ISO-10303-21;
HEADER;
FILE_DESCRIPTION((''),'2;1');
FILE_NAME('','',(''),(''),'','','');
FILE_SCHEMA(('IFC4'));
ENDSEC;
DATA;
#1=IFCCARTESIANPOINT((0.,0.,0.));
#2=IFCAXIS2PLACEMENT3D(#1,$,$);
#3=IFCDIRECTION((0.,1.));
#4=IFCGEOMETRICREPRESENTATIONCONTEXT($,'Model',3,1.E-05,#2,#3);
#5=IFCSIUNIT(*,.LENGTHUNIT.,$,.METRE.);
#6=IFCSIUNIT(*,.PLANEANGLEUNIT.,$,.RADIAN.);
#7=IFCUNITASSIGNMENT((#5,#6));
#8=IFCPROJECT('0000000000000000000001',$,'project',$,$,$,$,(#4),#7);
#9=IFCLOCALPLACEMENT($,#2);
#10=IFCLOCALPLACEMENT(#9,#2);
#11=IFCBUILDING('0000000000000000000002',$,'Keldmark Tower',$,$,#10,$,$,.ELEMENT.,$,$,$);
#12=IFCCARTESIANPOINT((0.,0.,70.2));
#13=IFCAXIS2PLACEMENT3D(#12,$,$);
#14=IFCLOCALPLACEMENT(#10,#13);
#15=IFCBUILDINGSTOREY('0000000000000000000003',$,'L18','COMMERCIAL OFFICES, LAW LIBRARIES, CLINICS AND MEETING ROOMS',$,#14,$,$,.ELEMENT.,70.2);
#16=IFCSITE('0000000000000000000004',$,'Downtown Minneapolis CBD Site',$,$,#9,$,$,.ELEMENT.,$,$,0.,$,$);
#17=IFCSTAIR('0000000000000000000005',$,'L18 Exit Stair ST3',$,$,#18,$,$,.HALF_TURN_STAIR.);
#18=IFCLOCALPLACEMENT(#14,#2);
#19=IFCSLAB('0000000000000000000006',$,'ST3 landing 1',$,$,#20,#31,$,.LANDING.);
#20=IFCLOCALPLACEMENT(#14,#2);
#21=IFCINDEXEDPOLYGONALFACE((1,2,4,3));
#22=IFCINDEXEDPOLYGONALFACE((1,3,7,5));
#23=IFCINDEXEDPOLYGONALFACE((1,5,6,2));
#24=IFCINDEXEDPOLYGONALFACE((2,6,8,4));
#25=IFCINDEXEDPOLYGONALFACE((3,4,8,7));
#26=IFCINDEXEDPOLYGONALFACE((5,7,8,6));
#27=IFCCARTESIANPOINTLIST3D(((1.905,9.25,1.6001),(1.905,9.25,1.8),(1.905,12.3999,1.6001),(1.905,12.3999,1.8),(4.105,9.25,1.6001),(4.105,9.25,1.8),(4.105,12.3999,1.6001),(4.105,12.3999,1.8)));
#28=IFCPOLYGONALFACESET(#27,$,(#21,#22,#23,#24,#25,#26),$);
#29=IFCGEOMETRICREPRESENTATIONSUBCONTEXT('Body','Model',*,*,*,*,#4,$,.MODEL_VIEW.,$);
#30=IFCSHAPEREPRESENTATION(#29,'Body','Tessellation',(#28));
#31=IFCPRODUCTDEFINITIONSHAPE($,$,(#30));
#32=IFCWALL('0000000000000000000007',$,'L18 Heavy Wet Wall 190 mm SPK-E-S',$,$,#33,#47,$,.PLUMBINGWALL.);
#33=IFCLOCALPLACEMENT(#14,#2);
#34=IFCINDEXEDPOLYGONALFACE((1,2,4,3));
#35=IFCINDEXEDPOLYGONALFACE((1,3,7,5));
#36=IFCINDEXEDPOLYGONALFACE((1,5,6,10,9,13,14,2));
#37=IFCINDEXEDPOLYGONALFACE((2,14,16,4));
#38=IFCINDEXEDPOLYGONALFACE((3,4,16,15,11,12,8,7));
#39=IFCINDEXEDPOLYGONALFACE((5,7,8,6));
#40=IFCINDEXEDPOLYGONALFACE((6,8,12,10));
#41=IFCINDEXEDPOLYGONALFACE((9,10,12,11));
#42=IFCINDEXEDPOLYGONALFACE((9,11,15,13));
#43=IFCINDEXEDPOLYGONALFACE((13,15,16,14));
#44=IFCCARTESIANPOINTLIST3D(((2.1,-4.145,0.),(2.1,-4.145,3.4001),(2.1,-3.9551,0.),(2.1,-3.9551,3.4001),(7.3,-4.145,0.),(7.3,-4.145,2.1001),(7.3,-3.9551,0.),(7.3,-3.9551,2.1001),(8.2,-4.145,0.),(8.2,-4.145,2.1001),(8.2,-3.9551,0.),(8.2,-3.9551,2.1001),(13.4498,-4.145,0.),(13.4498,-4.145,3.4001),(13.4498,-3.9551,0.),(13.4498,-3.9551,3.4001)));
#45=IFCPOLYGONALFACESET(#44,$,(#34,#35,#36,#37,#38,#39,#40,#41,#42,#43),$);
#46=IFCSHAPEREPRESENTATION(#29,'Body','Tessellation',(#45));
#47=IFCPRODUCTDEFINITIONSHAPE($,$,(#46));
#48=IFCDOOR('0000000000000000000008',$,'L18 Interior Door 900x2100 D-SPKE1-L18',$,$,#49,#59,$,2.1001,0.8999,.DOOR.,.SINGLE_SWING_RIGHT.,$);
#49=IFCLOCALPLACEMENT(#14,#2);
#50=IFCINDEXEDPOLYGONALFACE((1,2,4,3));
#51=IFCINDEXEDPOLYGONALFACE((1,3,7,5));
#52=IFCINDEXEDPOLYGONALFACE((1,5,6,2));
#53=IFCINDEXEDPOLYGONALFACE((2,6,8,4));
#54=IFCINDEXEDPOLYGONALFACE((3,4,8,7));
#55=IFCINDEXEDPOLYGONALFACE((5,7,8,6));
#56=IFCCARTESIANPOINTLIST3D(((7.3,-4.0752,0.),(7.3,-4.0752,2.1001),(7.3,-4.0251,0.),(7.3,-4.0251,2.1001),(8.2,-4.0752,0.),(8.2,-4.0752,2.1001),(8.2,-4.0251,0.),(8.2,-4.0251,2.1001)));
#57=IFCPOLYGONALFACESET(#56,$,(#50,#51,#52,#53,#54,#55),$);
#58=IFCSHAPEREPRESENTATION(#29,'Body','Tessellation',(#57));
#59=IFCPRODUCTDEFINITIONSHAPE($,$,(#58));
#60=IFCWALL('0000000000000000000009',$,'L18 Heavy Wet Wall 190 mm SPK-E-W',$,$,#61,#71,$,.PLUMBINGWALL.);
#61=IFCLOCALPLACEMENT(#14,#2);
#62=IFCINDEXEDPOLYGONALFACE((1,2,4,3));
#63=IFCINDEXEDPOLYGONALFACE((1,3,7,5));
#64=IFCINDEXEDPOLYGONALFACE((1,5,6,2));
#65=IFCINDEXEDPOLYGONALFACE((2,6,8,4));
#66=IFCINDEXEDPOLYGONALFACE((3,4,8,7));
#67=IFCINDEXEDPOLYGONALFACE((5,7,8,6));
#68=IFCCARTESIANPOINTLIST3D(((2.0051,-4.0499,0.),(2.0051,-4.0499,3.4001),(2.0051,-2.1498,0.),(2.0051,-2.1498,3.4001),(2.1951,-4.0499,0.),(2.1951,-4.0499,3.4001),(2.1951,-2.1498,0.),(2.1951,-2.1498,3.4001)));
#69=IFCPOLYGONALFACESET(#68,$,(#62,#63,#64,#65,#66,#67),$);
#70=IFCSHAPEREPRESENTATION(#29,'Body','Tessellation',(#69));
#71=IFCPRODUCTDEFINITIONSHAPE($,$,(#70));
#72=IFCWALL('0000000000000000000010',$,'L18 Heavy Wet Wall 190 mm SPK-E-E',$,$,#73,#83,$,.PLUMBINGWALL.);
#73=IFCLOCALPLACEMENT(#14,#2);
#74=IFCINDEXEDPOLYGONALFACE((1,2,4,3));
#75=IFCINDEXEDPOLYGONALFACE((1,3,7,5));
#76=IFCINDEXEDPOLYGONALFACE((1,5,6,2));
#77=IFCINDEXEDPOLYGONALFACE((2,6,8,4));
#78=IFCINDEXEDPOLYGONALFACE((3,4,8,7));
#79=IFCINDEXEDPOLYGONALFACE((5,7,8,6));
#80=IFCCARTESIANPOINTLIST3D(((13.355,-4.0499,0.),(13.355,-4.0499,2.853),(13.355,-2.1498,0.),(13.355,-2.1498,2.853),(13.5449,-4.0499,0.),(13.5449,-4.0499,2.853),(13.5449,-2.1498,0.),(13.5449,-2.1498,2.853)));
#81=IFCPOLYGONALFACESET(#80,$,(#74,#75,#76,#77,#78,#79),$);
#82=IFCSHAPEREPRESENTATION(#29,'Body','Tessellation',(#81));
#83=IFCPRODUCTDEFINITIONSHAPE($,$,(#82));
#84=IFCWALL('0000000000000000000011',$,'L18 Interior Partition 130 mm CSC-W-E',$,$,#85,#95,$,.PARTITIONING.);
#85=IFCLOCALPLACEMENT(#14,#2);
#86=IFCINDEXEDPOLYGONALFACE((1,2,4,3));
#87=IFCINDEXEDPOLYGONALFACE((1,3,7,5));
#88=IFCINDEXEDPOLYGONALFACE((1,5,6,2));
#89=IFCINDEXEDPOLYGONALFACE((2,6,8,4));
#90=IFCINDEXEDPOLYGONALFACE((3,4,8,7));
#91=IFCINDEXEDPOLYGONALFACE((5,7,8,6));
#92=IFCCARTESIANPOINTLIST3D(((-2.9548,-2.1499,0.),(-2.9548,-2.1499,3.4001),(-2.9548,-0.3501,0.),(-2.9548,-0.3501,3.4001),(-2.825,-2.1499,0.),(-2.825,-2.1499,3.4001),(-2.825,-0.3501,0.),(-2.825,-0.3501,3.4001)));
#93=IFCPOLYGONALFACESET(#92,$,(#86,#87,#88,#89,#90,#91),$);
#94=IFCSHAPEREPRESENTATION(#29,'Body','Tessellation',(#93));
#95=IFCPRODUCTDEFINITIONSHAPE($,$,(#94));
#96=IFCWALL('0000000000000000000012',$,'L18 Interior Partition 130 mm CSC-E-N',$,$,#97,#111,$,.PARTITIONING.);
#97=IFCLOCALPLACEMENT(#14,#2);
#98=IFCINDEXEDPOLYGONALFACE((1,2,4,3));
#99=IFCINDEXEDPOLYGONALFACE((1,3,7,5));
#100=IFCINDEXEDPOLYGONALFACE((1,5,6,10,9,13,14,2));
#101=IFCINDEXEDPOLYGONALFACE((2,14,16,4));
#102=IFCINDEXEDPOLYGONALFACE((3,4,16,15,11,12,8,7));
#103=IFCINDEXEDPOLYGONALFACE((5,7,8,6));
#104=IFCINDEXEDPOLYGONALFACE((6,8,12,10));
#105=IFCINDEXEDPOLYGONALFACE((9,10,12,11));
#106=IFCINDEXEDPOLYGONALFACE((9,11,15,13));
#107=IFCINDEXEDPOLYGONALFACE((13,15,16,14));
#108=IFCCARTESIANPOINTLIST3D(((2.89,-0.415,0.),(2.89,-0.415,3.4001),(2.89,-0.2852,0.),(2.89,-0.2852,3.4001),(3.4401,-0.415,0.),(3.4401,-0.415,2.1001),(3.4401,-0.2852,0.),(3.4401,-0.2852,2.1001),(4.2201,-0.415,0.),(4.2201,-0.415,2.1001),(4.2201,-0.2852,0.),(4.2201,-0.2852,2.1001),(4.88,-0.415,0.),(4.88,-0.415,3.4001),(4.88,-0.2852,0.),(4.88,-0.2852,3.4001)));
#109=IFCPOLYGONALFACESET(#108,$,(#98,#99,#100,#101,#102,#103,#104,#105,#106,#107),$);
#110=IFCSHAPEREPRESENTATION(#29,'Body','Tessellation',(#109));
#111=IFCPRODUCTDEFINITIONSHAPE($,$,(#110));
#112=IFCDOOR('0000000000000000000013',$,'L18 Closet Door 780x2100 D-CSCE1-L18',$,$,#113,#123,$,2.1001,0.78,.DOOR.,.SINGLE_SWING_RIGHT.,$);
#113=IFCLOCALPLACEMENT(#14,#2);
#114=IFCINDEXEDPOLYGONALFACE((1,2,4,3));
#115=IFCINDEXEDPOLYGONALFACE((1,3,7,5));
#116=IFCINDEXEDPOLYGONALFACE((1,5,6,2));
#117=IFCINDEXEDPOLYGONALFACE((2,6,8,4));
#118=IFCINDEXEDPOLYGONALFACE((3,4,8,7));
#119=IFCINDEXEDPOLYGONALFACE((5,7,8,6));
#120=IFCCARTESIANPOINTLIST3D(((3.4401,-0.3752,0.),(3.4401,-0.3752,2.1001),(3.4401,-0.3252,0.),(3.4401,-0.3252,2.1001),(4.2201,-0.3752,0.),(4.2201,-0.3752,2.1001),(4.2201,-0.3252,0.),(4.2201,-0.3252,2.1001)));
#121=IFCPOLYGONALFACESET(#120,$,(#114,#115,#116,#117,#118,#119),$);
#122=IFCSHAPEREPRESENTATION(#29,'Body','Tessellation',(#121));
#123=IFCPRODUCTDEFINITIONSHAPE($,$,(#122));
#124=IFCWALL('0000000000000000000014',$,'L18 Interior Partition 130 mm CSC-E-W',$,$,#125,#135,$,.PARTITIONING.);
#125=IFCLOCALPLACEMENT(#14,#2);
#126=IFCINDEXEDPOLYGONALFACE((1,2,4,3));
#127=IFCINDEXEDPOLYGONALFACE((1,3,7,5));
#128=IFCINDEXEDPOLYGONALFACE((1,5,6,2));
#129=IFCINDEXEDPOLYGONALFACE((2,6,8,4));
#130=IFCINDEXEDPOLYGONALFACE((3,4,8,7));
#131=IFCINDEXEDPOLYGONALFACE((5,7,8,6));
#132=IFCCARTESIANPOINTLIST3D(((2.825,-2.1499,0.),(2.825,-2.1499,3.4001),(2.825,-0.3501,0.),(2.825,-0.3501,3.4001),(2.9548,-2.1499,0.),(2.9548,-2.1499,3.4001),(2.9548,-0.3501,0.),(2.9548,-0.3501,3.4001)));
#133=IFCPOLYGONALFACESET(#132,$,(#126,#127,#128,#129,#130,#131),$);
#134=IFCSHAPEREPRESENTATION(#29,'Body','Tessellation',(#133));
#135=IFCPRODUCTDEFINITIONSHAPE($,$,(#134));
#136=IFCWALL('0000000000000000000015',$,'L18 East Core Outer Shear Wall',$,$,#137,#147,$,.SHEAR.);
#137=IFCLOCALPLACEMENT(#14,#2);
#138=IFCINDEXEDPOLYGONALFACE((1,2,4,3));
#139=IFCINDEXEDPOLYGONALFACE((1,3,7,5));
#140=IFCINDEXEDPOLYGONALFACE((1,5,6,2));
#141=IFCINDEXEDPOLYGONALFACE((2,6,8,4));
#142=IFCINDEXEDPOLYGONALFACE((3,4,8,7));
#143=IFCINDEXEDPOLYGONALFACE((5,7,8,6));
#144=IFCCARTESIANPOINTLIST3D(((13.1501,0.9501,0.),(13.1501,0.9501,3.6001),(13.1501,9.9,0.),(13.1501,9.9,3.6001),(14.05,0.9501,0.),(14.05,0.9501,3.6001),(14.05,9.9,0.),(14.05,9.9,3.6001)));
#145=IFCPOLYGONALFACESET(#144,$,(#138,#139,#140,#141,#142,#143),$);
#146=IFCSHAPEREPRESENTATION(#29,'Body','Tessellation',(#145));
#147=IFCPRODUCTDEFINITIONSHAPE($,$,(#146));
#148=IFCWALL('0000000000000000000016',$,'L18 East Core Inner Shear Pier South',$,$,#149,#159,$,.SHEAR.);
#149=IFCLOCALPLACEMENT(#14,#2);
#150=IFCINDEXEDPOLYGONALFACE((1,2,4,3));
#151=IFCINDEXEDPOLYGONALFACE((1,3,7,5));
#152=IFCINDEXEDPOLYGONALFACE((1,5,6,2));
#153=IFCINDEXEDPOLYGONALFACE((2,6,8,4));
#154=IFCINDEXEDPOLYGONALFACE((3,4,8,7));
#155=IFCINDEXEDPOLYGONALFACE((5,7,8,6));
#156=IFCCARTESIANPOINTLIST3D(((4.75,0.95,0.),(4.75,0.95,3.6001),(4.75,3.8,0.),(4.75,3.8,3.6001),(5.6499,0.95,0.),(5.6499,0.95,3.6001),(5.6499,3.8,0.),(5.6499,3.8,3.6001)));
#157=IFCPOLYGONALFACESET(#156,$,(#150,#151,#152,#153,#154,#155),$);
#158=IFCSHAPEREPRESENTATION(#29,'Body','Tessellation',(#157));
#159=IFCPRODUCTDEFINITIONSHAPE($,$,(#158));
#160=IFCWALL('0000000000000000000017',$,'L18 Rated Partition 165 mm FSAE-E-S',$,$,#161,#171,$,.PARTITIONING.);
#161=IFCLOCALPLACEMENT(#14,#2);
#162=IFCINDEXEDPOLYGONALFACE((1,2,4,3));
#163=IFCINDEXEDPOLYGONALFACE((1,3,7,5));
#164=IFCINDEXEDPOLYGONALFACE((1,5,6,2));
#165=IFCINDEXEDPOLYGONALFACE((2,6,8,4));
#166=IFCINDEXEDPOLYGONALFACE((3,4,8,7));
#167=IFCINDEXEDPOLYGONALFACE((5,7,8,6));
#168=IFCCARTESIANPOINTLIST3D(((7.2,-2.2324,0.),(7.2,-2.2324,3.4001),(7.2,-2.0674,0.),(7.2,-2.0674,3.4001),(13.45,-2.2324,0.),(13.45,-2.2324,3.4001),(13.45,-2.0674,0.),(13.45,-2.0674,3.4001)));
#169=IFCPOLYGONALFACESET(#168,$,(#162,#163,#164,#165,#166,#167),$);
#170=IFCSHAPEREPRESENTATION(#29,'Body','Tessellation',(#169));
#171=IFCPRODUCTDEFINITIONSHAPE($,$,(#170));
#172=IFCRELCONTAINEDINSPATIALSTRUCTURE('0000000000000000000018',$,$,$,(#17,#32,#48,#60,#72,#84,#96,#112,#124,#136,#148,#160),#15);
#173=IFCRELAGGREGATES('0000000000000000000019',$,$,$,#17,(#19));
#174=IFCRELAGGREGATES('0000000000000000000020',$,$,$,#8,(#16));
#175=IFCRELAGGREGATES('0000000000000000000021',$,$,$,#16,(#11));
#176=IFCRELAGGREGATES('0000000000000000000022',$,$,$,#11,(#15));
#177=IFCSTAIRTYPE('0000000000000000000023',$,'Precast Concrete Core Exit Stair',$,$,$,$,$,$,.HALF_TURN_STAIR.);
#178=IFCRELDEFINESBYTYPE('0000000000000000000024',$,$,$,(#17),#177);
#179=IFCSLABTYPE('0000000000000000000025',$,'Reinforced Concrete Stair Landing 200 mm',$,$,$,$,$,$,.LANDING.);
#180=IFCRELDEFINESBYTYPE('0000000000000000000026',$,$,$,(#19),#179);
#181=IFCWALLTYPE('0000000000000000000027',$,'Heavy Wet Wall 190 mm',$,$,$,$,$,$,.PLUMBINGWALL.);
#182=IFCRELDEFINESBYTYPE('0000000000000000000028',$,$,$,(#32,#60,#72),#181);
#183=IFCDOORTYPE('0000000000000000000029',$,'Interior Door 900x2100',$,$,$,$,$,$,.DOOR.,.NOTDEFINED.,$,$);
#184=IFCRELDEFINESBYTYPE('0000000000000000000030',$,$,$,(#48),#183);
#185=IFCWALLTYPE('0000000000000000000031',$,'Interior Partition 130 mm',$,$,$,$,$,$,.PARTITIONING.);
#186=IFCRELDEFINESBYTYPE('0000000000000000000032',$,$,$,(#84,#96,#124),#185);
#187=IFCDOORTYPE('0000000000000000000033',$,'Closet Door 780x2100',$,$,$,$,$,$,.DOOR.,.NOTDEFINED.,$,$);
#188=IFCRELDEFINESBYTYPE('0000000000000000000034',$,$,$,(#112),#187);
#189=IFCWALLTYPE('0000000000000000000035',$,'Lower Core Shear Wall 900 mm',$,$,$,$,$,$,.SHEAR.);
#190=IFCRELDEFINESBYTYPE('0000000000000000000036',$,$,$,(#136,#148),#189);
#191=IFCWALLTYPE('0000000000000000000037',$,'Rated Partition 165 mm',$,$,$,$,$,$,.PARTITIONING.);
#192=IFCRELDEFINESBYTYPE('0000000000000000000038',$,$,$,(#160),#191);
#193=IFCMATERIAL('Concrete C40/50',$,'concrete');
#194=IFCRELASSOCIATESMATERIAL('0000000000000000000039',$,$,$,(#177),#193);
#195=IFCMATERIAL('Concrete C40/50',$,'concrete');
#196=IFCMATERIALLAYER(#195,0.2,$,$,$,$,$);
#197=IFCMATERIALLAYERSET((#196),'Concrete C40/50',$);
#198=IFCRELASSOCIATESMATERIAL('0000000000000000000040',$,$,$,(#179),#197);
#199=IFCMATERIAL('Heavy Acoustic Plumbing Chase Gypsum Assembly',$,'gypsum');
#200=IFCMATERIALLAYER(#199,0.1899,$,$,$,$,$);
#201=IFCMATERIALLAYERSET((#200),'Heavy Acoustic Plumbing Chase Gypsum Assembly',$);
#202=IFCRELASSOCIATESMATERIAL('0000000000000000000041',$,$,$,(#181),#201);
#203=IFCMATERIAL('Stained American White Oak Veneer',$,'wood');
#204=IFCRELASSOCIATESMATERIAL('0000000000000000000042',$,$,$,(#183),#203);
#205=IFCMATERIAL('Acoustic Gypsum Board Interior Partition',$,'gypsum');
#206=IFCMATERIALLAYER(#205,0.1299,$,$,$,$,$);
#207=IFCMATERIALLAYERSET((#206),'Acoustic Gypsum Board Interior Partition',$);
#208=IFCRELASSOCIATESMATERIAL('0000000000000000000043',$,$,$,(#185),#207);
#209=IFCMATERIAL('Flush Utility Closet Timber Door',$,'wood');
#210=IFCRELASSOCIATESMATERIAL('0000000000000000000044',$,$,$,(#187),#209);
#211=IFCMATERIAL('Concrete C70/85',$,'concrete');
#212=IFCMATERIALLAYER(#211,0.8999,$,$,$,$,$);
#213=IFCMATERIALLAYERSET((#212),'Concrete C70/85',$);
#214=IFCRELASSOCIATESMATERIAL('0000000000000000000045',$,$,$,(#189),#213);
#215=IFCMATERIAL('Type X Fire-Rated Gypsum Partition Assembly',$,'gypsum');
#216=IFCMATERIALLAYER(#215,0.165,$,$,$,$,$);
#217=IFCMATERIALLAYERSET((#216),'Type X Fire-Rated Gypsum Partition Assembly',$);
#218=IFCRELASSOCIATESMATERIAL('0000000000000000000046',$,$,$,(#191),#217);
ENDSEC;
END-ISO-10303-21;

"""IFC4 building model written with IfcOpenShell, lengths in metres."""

from ifc_helpers import new_model, si_unit, direction, frame, frame_2d, origin, place, context, subcontext, project, spatial, polyline, rectangle, outline, extrude, material, layer, layer_set, type_object, element, fill, aggregate, save


model = new_model("IFC4")

# Units and contexts
model_context = context("Model", 3, precision=1e-05, world=origin(), true_north=direction((0.0, 1.0)))
body_context = subcontext(model_context, "Body", "Model", "MODEL_VIEW")
ifc_project = project(units=[si_unit("LENGTHUNIT", "METRE"), si_unit("PLANEANGLEUNIT", "RADIAN")], contexts=[model_context])

# Site, building, storey
site_placement = place(None, origin())
site = spatial("IfcSite", under=ifc_project, at=site_placement, Name="Downtown Minneapolis CBD Site", CompositionType="ELEMENT", RefElevation=0.0)
building_placement = place(site_placement, origin())
building = spatial("IfcBuilding", under=site, at=building_placement, Name="Keldmark Tower", CompositionType="ELEMENT")
storey_placement = place(building_placement, frame((0.0, 0.0, 70.2)))
storey = spatial("IfcBuildingStorey", under=building, at=storey_placement, Name="L18", Description="COMMERCIAL OFFICES, LAW LIBRARIES, CLINICS AND MEETING ROOMS", CompositionType="ELEMENT", Elevation=70.2)

# Stair, slab
ifc_material_1 = material(Name="Concrete C40/50", Category="concrete")
stair_type = type_object("IfcStairType", Name="Precast Concrete Core Exit Stair", PredefinedType="HALF_TURN_STAIR", material=ifc_material_1)
ifc_material_2 = material(Name="Concrete C40/50", Category="concrete")
ifc_layer_1 = layer(ifc_material_2, 0.2)
ifc_layer_set_1 = layer_set([ifc_layer_1], Name="Concrete C40/50")
slab_type_1 = type_object("IfcSlabType", Name="Reinforced Concrete Stair Landing 200 mm", PredefinedType="LANDING", material=ifc_layer_set_1)
stair_1_placement = place(storey_placement, origin())
stair_1 = element("IfcStair", 1, at=stair_1_placement, inside=storey, type_object=stair_type, Name="L18 Exit Stair ST3", PredefinedType="HALF_TURN_STAIR")
slab_1_placement = place(storey_placement, frame((0.0, 0.0, 1.6001)))
slab_1 = element("IfcSlab", 2, at=slab_1_placement, type_object=slab_type_1, Name="ST3 landing 1", PredefinedType="LANDING", context=body_context, shape_type="SweptSolid", body=[
    extrude(outline(polyline([(1.905, 9.25), (4.105, 9.25), (4.105, 12.3999), (1.905, 12.3999), (1.905, 9.25)])), origin(), (0.0, 0.0, 1.0), 0.2),
])
aggregate(stair_1, [slab_1])

# Wall, opening, door
ifc_material_3 = material(Name="Heavy Acoustic Plumbing Chase Gypsum Assembly", Category="gypsum")
ifc_layer_2 = layer(ifc_material_3, 0.1899)
ifc_layer_set_2 = layer_set([ifc_layer_2], Name="Heavy Acoustic Plumbing Chase Gypsum Assembly")
wall_type_1 = type_object("IfcWallType", Name="Heavy Wet Wall 190 mm", PredefinedType="PLUMBINGWALL", material=ifc_layer_set_2)
wall_1_placement = place(storey_placement, frame((2.1001, -4.05, 0.0), z_axis=(0.0, 0.0, 1.0), x_axis=(1.0, 0.0, 0.0)))
wall_1 = element("IfcWall", 3, at=wall_1_placement, inside=storey, type_object=wall_type_1, Name="L18 Heavy Wet Wall 190 mm SPK-E-S", PredefinedType="PLUMBINGWALL", context=body_context, shape_type="SweptSolid", body=[
    extrude(rectangle(XDim=11.3499, YDim=0.1899, at=frame_2d((5.6748, 0.0))), origin(), (0.0, 0.0, 1.0), 3.4001),
])
opening_1_placement = place(wall_1_placement, frame((5.2, 0.0, 0.0)))
opening_1 = element("IfcOpeningElement", 4, at=opening_1_placement, cuts=wall_1, PredefinedType="OPENING", context=body_context, shape_type="SweptSolid", body=[
    extrude(rectangle(XDim=0.8999, YDim=2.1001, at=frame_2d((0.45, 1.05))), frame((0.0, 0.105, 0.0), z_axis=(0.0, -1.0, 0.0), x_axis=(1.0, 0.0, 0.0)), (0.0, 0.0, 1.0), 0.21),
])
ifc_material_4 = material(Name="Stained American White Oak Veneer", Category="wood")
door_type_1 = type_object("IfcDoorType", Name="Interior Door 900x2100", OperationType="NOTDEFINED", PredefinedType="DOOR", material=ifc_material_4)
door_1_placement = place(opening_1_placement, origin())
door_1 = element("IfcDoor", 5, at=door_1_placement, inside=storey, type_object=door_type_1, Name="L18 Interior Door 900x2100 D-SPKE1-L18", OperationType="SINGLE_SWING_RIGHT", OverallHeight=2.1001, OverallWidth=0.8999, PredefinedType="DOOR", context=body_context, shape_type="SweptSolid", body=[
    extrude(rectangle(XDim=0.8999, YDim=2.1001, at=frame_2d((0.45, 1.05))), frame((0.0, 0.0249, 0.0), z_axis=(0.0, -1.0, 0.0), x_axis=(1.0, 0.0, 0.0)), (0.0, 0.0, 1.0), 0.05),
])
fill(opening_1, door_1)

# Walls
wall_2_placement = place(storey_placement, frame((2.1001, -4.05, 0.0), z_axis=(0.0, 0.0, 1.0), x_axis=(0.0, 1.0, 0.0)))
element("IfcWall", 6, at=wall_2_placement, inside=storey, type_object=wall_type_1, Name="L18 Heavy Wet Wall 190 mm SPK-E-W", PredefinedType="PLUMBINGWALL", context=body_context, shape_type="SweptSolid", body=[
    extrude(rectangle(XDim=1.9001, YDim=0.1899, at=frame_2d((0.9502, 0.0))), origin(), (0.0, 0.0, 1.0), 3.4001),
])
wall_3_placement = place(storey_placement, frame((13.45, -4.05, 0.0), z_axis=(0.0, 0.0, 1.0), x_axis=(0.0, 1.0, 0.0)))
element("IfcWall", 7, at=wall_3_placement, inside=storey, type_object=wall_type_1, Name="L18 Heavy Wet Wall 190 mm SPK-E-E", PredefinedType="PLUMBINGWALL", context=body_context, shape_type="SweptSolid", body=[
    extrude(rectangle(XDim=1.9001, YDim=0.1899, at=frame_2d((0.9502, 0.0))), origin(), (0.0, 0.0, 1.0), 2.853),
])
ifc_material_5 = material(Name="Acoustic Gypsum Board Interior Partition", Category="gypsum")
ifc_layer_3 = layer(ifc_material_5, 0.1299)
ifc_layer_set_3 = layer_set([ifc_layer_3], Name="Acoustic Gypsum Board Interior Partition")
wall_type_2 = type_object("IfcWallType", Name="Interior Partition 130 mm", PredefinedType="PARTITIONING", material=ifc_layer_set_3)
wall_4_placement = place(storey_placement, frame((-2.8899, -2.1499, 0.0), z_axis=(0.0, 0.0, 1.0), x_axis=(0.0, 1.0, 0.0)))
element("IfcWall", 8, at=wall_4_placement, inside=storey, type_object=wall_type_2, Name="L18 Interior Partition 130 mm CSC-W-E", PredefinedType="PARTITIONING", context=body_context, shape_type="SweptSolid", body=[
    extrude(rectangle(XDim=1.7998, YDim=0.1299, at=frame_2d((0.8999, 0.0))), origin(), (0.0, 0.0, 1.0), 3.4001),
])

# Wall, opening, door
wall_5_placement = place(storey_placement, frame((2.8899, -0.3501, 0.0), z_axis=(0.0, 0.0, 1.0), x_axis=(1.0, 0.0, 0.0)))
wall_5 = element("IfcWall", 9, at=wall_5_placement, inside=storey, type_object=wall_type_2, Name="L18 Interior Partition 130 mm CSC-E-N", PredefinedType="PARTITIONING", context=body_context, shape_type="SweptSolid", body=[
    extrude(rectangle(XDim=1.99, YDim=0.1299, at=frame_2d((0.9951, 0.0))), origin(), (0.0, 0.0, 1.0), 3.4001),
])
opening_2_placement = place(wall_5_placement, frame((0.55, 0.0, 0.0)))
opening_2 = element("IfcOpeningElement", 10, at=opening_2_placement, cuts=wall_5, PredefinedType="OPENING", context=body_context, shape_type="SweptSolid", body=[
    extrude(rectangle(XDim=0.78, YDim=2.1001, at=frame_2d((0.3901, 1.05))), frame((0.0, 0.075, 0.0), z_axis=(0.0, -1.0, 0.0), x_axis=(1.0, 0.0, 0.0)), (0.0, 0.0, 1.0), 0.1499),
])
ifc_material_6 = material(Name="Flush Utility Closet Timber Door", Category="wood")
door_type_2 = type_object("IfcDoorType", Name="Closet Door 780x2100", OperationType="NOTDEFINED", PredefinedType="DOOR", material=ifc_material_6)
door_2_placement = place(opening_2_placement, origin())
door_2 = element("IfcDoor", 11, at=door_2_placement, inside=storey, type_object=door_type_2, Name="L18 Closet Door 780x2100 D-CSCE1-L18", OperationType="SINGLE_SWING_RIGHT", OverallHeight=2.1001, OverallWidth=0.78, PredefinedType="DOOR", context=body_context, shape_type="SweptSolid", body=[
    extrude(rectangle(XDim=0.78, YDim=2.1001, at=frame_2d((0.3901, 1.05))), frame((0.0, 0.0249, 0.0), z_axis=(0.0, -1.0, 0.0), x_axis=(1.0, 0.0, 0.0)), (0.0, 0.0, 1.0), 0.05),
])
fill(opening_2, door_2)

# Walls
wall_6_placement = place(storey_placement, frame((2.8899, -2.1499, 0.0), z_axis=(0.0, 0.0, 1.0), x_axis=(0.0, 1.0, 0.0)))
element("IfcWall", 12, at=wall_6_placement, inside=storey, type_object=wall_type_2, Name="L18 Interior Partition 130 mm CSC-E-W", PredefinedType="PARTITIONING", context=body_context, shape_type="SweptSolid", body=[
    extrude(rectangle(XDim=1.7998, YDim=0.1299, at=frame_2d((0.8999, 0.0))), origin(), (0.0, 0.0, 1.0), 3.4001),
])
ifc_material_7 = material(Name="Concrete C70/85", Category="concrete")
ifc_layer_4 = layer(ifc_material_7, 0.8999)
ifc_layer_set_4 = layer_set([ifc_layer_4], Name="Concrete C70/85")
wall_type_3 = type_object("IfcWallType", Name="Lower Core Shear Wall 900 mm", PredefinedType="SHEAR", material=ifc_layer_set_4)
wall_7_placement = place(storey_placement, frame((13.6001, 0.95, 0.0), z_axis=(0.0, 0.0, 1.0), x_axis=(0.0, 1.0, 0.0)))
element("IfcWall", 13, at=wall_7_placement, inside=storey, type_object=wall_type_3, Name="L18 East Core Outer Shear Wall", PredefinedType="SHEAR", context=body_context, shape_type="SweptSolid", body=[
    extrude(rectangle(XDim=8.95, YDim=0.8999, at=frame_2d((4.4751, 0.0))), origin(), (0.0, 0.0, 1.0), 3.6001),
])
wall_8_placement = place(storey_placement, frame((5.2, 0.95, 0.0), z_axis=(0.0, 0.0, 1.0), x_axis=(0.0, 1.0, 0.0)))
element("IfcWall", 14, at=wall_8_placement, inside=storey, type_object=wall_type_3, Name="L18 East Core Inner Shear Pier South", PredefinedType="SHEAR", context=body_context, shape_type="SweptSolid", body=[
    extrude(rectangle(XDim=2.8501, YDim=0.8999, at=frame_2d((1.425, 0.0))), origin(), (0.0, 0.0, 1.0), 3.6001),
])
ifc_material_8 = material(Name="Type X Fire-Rated Gypsum Partition Assembly", Category="gypsum")
ifc_layer_5 = layer(ifc_material_8, 0.165)
ifc_layer_set_5 = layer_set([ifc_layer_5], Name="Type X Fire-Rated Gypsum Partition Assembly")
wall_type_4 = type_object("IfcWallType", Name="Rated Partition 165 mm", PredefinedType="PARTITIONING", material=ifc_layer_set_5)
wall_9_placement = place(storey_placement, frame((7.2, -2.1499, 0.0), z_axis=(0.0, 0.0, 1.0), x_axis=(1.0, 0.0, 0.0)))
element("IfcWall", 15, at=wall_9_placement, inside=storey, type_object=wall_type_4, Name="L18 Rated Partition 165 mm FSAE-E-S", PredefinedType="PARTITIONING", context=body_context, shape_type="SweptSolid", body=[
    extrude(rectangle(XDim=6.25, YDim=0.165, at=frame_2d((3.125, 0.0))), origin(), (0.0, 0.0, 1.0), 3.4001),
])

save(model, "model.ifc")
